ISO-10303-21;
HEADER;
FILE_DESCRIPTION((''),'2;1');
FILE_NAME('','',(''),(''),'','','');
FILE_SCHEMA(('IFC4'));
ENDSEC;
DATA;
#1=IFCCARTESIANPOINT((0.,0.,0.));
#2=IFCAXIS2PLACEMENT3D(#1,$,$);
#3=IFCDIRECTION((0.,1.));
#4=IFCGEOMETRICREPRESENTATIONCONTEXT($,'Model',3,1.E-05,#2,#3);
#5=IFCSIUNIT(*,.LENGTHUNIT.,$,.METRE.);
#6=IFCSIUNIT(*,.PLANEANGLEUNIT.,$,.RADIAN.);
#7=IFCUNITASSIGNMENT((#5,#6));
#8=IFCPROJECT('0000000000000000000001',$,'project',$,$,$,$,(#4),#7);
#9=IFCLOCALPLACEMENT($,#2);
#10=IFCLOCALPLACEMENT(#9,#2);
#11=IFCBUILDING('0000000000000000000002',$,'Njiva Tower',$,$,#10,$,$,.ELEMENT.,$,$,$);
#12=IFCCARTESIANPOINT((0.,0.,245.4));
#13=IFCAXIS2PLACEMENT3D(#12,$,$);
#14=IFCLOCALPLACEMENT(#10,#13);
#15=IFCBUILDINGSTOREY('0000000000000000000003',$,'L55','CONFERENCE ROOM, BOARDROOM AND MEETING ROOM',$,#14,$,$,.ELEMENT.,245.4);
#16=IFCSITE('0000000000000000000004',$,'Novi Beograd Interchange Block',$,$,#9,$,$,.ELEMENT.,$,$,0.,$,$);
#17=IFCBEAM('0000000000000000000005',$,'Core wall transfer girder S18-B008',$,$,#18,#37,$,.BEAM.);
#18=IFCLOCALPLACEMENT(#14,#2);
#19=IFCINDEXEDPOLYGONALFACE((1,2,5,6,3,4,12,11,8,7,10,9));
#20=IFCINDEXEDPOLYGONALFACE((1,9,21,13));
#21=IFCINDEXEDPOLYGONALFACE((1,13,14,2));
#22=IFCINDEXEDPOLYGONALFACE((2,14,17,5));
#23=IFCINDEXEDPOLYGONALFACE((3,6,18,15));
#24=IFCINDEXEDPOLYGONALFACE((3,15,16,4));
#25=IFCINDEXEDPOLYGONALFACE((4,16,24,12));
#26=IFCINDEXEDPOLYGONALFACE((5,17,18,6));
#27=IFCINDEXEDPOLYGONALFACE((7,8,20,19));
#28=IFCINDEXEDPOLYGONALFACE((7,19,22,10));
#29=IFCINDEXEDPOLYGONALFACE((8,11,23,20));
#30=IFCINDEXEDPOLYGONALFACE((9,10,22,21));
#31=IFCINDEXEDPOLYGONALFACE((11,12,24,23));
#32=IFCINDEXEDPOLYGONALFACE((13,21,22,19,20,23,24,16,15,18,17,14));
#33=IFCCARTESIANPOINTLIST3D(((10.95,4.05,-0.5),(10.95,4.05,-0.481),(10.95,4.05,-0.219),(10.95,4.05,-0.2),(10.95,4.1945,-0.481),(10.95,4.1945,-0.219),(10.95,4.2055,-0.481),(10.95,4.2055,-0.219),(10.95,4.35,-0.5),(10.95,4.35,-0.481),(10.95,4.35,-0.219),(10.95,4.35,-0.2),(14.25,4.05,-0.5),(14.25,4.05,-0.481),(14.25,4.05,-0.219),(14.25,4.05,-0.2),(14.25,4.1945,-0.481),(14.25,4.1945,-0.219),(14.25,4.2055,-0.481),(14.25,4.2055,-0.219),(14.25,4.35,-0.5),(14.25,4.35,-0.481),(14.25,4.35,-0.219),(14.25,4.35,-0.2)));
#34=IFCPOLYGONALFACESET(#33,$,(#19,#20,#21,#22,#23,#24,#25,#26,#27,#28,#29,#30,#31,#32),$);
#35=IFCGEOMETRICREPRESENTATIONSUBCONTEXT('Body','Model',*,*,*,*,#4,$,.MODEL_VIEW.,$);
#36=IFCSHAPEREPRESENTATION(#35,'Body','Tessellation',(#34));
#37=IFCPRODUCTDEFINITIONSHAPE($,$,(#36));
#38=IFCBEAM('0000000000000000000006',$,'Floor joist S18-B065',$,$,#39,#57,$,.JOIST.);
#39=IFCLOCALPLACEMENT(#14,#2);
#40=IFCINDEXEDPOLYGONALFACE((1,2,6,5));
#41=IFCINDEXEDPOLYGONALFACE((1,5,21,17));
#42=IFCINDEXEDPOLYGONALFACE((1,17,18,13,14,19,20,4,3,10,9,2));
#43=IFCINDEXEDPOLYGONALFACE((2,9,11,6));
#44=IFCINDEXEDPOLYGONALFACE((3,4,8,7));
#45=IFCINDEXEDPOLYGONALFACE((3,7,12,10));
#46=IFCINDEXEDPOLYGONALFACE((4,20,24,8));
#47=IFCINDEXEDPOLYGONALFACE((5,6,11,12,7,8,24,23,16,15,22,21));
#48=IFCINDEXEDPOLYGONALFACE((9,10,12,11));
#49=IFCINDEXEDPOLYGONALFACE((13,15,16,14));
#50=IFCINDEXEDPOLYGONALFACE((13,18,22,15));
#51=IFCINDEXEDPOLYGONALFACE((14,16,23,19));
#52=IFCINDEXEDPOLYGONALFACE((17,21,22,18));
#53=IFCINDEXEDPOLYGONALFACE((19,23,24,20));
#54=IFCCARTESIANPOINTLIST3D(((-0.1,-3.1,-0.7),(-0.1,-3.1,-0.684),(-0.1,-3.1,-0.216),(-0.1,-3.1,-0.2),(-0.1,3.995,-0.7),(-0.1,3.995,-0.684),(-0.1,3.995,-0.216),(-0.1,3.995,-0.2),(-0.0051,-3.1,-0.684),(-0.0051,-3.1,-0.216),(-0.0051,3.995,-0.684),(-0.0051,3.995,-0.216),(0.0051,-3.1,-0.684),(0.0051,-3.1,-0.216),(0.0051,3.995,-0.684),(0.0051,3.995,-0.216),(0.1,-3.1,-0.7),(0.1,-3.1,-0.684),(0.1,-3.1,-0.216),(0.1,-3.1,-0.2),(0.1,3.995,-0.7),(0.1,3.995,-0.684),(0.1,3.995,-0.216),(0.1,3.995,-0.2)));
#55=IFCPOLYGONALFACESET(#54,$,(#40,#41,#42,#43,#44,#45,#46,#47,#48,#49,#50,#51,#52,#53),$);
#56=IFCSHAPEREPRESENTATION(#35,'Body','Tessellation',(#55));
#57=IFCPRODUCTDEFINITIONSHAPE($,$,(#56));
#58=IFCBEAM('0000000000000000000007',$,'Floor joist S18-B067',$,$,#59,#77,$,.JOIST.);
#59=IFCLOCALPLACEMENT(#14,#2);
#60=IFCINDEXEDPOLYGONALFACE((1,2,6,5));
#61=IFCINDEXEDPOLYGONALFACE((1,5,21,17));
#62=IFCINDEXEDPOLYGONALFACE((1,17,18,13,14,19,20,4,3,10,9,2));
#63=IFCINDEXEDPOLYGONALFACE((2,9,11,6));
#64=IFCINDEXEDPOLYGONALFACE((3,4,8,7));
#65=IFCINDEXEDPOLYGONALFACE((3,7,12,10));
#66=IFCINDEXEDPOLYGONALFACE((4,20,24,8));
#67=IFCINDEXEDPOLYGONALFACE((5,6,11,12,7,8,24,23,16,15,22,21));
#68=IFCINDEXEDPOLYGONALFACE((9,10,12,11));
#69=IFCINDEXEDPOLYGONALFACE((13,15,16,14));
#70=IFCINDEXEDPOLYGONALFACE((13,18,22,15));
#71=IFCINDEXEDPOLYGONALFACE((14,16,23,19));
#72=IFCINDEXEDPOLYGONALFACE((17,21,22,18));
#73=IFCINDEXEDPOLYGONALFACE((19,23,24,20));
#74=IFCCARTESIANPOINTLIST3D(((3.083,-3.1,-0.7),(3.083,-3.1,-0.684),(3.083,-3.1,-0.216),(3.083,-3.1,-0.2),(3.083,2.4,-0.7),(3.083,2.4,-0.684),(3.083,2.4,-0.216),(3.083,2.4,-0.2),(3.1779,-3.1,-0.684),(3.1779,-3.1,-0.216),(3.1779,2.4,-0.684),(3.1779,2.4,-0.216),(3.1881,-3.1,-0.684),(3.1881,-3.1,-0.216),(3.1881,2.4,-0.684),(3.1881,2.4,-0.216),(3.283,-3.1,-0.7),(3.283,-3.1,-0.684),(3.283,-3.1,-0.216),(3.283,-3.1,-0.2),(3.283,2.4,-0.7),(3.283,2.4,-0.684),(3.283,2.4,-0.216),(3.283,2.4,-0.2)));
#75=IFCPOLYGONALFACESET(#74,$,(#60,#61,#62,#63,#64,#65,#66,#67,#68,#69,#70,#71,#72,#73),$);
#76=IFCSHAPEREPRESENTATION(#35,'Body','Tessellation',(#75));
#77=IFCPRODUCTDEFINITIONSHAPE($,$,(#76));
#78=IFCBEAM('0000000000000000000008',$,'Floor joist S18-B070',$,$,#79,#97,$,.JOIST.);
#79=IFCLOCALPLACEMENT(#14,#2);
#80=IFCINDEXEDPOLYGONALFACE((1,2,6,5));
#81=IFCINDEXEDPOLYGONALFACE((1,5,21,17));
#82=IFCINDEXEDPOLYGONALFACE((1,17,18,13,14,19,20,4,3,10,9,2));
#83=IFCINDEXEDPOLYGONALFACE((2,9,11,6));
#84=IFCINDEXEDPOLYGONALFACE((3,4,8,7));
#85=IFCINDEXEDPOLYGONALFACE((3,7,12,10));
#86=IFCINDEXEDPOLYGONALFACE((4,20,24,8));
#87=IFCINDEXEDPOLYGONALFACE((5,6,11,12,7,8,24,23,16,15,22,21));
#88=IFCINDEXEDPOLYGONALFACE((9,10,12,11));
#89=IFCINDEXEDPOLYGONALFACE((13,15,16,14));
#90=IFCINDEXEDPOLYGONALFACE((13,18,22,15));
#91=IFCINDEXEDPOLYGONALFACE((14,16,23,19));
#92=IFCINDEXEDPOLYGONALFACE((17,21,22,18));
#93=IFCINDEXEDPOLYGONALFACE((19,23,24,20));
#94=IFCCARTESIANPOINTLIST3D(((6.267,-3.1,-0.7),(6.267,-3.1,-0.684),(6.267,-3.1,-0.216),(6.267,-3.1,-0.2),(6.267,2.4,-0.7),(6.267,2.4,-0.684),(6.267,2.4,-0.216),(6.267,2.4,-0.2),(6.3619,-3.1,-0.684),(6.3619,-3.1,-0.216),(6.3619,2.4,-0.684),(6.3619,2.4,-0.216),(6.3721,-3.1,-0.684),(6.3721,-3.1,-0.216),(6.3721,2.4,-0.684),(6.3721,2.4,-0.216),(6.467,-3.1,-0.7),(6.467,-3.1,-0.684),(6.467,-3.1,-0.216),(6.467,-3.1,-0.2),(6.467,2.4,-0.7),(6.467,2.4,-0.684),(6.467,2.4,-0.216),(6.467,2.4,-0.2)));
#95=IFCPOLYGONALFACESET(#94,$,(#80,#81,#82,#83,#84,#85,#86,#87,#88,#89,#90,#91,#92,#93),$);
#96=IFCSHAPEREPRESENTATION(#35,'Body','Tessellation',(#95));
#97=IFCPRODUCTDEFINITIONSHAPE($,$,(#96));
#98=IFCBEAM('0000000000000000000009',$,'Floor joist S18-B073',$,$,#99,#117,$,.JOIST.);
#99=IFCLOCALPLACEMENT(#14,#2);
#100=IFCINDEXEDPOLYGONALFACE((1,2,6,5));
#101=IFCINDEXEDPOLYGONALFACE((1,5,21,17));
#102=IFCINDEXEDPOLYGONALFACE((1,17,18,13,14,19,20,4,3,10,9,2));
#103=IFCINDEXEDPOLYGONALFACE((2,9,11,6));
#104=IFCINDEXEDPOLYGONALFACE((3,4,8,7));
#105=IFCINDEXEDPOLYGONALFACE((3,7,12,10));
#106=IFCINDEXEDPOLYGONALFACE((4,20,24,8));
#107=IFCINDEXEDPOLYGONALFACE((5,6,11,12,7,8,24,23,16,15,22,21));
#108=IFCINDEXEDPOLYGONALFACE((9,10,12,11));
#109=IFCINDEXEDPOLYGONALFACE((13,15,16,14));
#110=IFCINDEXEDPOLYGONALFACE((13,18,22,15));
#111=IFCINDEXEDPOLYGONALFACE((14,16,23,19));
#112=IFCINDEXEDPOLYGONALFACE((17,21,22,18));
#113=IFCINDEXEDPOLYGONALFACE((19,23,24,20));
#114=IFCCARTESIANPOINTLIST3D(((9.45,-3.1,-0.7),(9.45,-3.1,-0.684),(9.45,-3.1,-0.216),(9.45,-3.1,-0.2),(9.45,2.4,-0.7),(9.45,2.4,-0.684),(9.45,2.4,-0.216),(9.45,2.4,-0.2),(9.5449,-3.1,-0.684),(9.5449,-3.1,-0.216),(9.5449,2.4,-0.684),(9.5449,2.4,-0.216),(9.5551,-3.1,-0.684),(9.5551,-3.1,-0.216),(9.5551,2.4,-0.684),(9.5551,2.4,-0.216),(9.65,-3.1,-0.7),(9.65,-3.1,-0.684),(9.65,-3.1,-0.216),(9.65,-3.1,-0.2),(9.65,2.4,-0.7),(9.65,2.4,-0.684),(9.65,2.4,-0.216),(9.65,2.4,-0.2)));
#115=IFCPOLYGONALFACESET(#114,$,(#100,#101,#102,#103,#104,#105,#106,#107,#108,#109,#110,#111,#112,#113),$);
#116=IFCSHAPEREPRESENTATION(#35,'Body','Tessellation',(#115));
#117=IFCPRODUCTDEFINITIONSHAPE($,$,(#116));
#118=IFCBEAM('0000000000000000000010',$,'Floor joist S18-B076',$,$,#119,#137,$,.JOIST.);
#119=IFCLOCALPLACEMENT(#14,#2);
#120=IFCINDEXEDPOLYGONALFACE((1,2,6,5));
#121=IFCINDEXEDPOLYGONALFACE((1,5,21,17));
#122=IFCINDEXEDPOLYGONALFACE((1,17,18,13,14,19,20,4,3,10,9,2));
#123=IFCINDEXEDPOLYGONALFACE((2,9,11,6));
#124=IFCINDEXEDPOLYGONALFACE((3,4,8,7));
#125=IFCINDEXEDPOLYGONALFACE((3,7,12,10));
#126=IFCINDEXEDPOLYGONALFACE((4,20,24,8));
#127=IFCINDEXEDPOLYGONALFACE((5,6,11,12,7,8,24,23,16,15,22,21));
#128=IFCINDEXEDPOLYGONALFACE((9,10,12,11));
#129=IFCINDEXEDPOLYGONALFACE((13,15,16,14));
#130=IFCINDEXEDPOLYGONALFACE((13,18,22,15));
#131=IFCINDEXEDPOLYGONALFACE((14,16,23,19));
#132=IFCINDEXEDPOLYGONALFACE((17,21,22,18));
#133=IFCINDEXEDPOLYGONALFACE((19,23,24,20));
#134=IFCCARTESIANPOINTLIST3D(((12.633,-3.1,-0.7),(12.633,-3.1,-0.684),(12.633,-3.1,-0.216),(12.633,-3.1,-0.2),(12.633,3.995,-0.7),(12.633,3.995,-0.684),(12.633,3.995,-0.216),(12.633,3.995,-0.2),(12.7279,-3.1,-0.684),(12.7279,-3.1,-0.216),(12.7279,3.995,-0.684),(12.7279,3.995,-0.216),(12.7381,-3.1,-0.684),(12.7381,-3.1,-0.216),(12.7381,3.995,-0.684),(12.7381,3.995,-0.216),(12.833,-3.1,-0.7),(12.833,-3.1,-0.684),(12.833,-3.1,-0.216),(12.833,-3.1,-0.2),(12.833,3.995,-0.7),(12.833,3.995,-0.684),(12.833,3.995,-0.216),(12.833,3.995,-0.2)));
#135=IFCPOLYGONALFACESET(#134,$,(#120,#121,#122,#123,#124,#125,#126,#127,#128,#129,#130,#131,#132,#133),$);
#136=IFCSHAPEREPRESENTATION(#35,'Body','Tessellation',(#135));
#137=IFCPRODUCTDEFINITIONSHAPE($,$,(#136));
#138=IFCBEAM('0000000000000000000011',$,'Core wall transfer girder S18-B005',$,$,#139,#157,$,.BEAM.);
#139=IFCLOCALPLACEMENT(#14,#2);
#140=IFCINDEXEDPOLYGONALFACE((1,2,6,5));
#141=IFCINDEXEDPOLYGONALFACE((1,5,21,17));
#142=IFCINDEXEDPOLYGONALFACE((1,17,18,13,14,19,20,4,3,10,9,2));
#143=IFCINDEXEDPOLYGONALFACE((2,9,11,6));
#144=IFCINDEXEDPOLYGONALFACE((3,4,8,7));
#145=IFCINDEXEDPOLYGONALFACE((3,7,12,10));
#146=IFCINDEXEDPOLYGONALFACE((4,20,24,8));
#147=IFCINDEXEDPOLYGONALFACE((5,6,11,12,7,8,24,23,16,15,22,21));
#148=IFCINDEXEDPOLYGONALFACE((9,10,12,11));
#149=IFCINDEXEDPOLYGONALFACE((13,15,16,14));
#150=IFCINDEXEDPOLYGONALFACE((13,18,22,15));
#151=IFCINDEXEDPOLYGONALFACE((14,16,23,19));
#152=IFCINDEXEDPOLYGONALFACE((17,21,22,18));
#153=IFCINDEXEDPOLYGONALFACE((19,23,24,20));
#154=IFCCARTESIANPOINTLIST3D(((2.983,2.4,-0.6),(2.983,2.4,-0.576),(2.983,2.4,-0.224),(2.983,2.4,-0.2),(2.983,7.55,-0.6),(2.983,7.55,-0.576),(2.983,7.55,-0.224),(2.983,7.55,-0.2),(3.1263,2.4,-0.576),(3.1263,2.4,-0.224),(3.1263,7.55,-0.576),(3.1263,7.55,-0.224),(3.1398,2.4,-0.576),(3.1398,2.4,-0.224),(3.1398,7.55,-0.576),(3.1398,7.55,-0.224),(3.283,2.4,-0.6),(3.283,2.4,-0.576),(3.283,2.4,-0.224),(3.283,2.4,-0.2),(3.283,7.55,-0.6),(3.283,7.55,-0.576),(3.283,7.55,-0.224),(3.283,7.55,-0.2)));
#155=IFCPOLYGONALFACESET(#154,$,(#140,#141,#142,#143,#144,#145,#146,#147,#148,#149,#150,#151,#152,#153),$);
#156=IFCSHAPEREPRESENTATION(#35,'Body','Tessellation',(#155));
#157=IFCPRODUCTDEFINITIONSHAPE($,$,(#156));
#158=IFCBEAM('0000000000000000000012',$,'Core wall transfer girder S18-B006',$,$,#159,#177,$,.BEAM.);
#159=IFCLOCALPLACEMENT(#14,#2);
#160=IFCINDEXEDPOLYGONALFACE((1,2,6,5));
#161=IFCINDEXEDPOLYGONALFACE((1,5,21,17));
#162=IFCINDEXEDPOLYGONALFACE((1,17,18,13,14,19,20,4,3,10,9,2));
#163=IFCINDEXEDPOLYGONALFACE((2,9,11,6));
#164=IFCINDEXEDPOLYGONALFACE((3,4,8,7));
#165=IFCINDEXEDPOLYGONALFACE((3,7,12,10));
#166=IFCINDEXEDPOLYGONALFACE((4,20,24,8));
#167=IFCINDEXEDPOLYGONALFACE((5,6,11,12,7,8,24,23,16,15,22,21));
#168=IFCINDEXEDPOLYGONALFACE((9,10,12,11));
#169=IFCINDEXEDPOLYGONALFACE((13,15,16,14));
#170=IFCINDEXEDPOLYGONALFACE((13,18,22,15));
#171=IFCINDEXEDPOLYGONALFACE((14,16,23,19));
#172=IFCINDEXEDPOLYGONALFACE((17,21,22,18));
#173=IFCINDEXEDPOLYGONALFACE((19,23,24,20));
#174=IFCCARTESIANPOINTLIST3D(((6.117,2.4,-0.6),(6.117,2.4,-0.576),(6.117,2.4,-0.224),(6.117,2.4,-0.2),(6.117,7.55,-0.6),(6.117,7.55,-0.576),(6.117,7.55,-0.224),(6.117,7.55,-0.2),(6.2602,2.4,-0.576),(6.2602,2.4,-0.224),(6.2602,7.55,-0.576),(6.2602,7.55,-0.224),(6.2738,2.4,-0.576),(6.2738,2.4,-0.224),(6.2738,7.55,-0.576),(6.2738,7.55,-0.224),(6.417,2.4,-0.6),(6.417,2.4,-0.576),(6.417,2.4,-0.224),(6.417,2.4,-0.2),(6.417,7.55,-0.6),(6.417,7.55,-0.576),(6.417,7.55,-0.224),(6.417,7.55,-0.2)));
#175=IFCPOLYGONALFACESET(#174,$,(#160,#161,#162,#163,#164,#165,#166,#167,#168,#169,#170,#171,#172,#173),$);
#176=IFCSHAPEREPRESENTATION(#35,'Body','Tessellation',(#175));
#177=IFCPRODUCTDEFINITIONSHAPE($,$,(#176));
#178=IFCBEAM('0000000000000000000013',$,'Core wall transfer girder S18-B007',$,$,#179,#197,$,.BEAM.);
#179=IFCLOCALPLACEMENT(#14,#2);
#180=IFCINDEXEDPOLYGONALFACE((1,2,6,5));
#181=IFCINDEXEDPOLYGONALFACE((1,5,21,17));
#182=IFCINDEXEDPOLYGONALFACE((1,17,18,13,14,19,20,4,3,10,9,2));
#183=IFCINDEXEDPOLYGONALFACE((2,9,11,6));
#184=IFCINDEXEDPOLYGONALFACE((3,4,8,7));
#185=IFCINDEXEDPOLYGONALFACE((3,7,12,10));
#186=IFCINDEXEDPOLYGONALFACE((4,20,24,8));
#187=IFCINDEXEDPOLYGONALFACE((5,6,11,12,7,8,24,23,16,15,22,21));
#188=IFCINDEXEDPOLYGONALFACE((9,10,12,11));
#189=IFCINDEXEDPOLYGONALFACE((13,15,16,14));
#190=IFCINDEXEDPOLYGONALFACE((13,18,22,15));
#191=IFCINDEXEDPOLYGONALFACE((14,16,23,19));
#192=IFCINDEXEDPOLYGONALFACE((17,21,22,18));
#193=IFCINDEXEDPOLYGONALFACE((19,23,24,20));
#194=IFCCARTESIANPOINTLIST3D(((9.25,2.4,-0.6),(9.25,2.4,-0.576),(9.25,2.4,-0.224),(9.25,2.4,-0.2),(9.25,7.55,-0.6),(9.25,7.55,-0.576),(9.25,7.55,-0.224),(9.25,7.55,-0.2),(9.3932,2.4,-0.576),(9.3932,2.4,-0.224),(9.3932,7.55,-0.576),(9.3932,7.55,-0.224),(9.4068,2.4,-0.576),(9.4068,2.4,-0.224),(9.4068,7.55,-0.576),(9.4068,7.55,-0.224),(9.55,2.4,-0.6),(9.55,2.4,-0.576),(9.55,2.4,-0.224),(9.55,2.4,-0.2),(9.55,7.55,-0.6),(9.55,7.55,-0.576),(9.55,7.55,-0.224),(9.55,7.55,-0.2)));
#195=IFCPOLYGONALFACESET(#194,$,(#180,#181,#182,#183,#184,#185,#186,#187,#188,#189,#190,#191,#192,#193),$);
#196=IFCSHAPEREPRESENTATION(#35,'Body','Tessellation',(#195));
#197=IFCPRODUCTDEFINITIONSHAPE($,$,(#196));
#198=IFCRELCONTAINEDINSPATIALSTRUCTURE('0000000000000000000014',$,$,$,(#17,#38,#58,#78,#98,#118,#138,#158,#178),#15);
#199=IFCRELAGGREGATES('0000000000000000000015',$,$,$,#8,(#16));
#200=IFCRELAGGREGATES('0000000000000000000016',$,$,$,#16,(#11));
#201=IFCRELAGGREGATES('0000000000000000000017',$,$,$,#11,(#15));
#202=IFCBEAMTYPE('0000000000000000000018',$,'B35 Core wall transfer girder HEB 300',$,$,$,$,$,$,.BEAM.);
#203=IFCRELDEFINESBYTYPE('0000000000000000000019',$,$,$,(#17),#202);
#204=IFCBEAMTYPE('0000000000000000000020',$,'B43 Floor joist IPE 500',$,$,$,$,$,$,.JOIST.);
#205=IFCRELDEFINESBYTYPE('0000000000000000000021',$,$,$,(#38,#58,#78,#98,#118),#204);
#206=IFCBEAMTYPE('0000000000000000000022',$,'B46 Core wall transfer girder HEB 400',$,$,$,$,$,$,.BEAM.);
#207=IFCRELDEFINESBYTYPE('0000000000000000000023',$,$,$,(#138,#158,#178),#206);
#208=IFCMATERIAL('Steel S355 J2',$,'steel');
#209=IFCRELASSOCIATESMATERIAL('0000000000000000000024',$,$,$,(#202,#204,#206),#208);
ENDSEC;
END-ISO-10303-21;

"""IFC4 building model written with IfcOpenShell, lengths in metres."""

from ifc_helpers import new_model, si_unit, direction, frame, origin, origin_2d, place, context, subcontext, project, spatial, i_section, extrude, material, material_profile, profile_set, type_object, element, save


model = new_model("IFC4")

# Units and contexts
model_context = context("Model", 3, precision=1e-05, world=origin(), true_north=direction((0.0, 1.0)))
body_context = subcontext(model_context, "Body", "Model", "MODEL_VIEW")
ifc_project = project(units=[si_unit("LENGTHUNIT", "METRE"), si_unit("PLANEANGLEUNIT", "RADIAN")], contexts=[model_context])

# Site, building, storey
site_placement = place(None, origin())
site = spatial("IfcSite", under=ifc_project, at=site_placement, Name="Novi Beograd Interchange Block", CompositionType="ELEMENT", RefElevation=0.0)
building_placement = place(site_placement, origin())
building = spatial("IfcBuilding", under=site, at=building_placement, Name="Njiva Tower", CompositionType="ELEMENT")
storey_placement = place(building_placement, frame((0.0, 0.0, 245.4)))
storey = spatial("IfcBuildingStorey", under=building, at=storey_placement, Name="L55", Description="CONFERENCE ROOM, BOARDROOM AND MEETING ROOM", CompositionType="ELEMENT", Elevation=245.4)

# Beams
ifc_material_1 = material(Name="Steel S355 J2", Category="steel")
ifc_material_profile_1 = material_profile(ifc_material_1, i_section(OverallWidth=0.3, OverallDepth=0.3, WebThickness=0.011, FlangeThickness=0.019, at=origin_2d()), Name="HEB 300")
ifc_profile_set_1 = profile_set([ifc_material_profile_1], Name="Steel S355 J2")
beam_type_1 = type_object("IfcBeamType", Name="B35 Core wall transfer girder HEB 300", PredefinedType="BEAM", material=ifc_profile_set_1)
beam_1_placement = place(storey_placement, frame((10.95, 4.2, -0.35), z_axis=(1.0, 0.0, 0.0), x_axis=(0.0, 1.0, 0.0)))
element("IfcBeam", 1, at=beam_1_placement, inside=storey, type_object=beam_type_1, Name="Core wall transfer girder S18-B008", PredefinedType="BEAM", context=body_context, shape_type="SweptSolid", body=[
    extrude(i_section(OverallWidth=0.3, OverallDepth=0.3, WebThickness=0.011, FlangeThickness=0.019, at=origin_2d()), origin(), (0.0, 0.0, 1.0), 3.3),
])
ifc_material_profile_2 = material_profile(ifc_material_1, i_section(OverallWidth=0.2, OverallDepth=0.5, WebThickness=0.0102, FlangeThickness=0.016, at=origin_2d()), Name="IPE 500")
ifc_profile_set_2 = profile_set([ifc_material_profile_2], Name="Steel S355 J2")
beam_type_2 = type_object("IfcBeamType", Name="B43 Floor joist IPE 500", PredefinedType="JOIST", material=ifc_profile_set_2)
beam_2_placement = place(storey_placement, frame((0.0, 3.995, -0.45), z_axis=(0.0, -1.0, 0.0), x_axis=(1.0, 0.0, 0.0)))
element("IfcBeam", 2, at=beam_2_placement, inside=storey, type_object=beam_type_2, Name="Floor joist S18-B065", PredefinedType="JOIST", context=body_context, shape_type="SweptSolid", body=[
    extrude(i_section(OverallWidth=0.2, OverallDepth=0.5, WebThickness=0.0102, FlangeThickness=0.016, at=origin_2d()), origin(), (0.0, 0.0, 1.0), 7.095),
])
for number, where, z_axis, x_axis, name in (
    (3, (3.183, 2.4, -0.45), (0.0, -1.0, 0.0), (1.0, 0.0, 0.0), "Floor joist S18-B067"),
    (4, (6.367, 2.4, -0.45), (0.0, -1.0, 0.0), (1.0, 0.0, 0.0), "Floor joist S18-B070"),
    (5, (9.55, 2.4, -0.45), (0.0, -1.0, 0.0), (1.0, 0.0, 0.0), "Floor joist S18-B073"),
):
    element("IfcBeam", number, at=place(storey_placement, frame(where, z_axis=z_axis, x_axis=x_axis)), inside=storey, type_object=beam_type_2, Name=name, PredefinedType="JOIST", context=body_context, shape_type="SweptSolid", body=[
        extrude(i_section(OverallWidth=0.2, OverallDepth=0.5, WebThickness=0.0102, FlangeThickness=0.016, at=origin_2d()), origin(), (0.0, 0.0, 1.0), 5.5),
    ])
beam_3_placement = place(storey_placement, frame((12.733, 3.995, -0.45), z_axis=(0.0, -1.0, 0.0), x_axis=(1.0, 0.0, 0.0)))
element("IfcBeam", 6, at=beam_3_placement, inside=storey, type_object=beam_type_2, Name="Floor joist S18-B076", PredefinedType="JOIST", context=body_context, shape_type="SweptSolid", body=[
    extrude(i_section(OverallWidth=0.2, OverallDepth=0.5, WebThickness=0.0102, FlangeThickness=0.016, at=origin_2d()), origin(), (0.0, 0.0, 1.0), 7.095),
])
ifc_material_profile_3 = material_profile(ifc_material_1, i_section(OverallWidth=0.3, OverallDepth=0.4, WebThickness=0.0135, FlangeThickness=0.024, at=origin_2d()), Name="HEB 400")
ifc_profile_set_3 = profile_set([ifc_material_profile_3], Name="Steel S355 J2")
beam_type_3 = type_object("IfcBeamType", Name="B46 Core wall transfer girder HEB 400", PredefinedType="BEAM", material=ifc_profile_set_3)
for number, where, z_axis, x_axis, name in (
    (7, (3.133, 2.4, -0.4), (0.0, 1.0, 0.0), (-1.0, 0.0, 0.0), "Core wall transfer girder S18-B005"),
    (8, (6.267, 2.4, -0.4), (0.0, 1.0, 0.0), (-1.0, 0.0, 0.0), "Core wall transfer girder S18-B006"),
    (9, (9.4, 2.4, -0.4), (0.0, 1.0, 0.0), (-1.0, 0.0, 0.0), "Core wall transfer girder S18-B007"),
):
    element("IfcBeam", number, at=place(storey_placement, frame(where, z_axis=z_axis, x_axis=x_axis)), inside=storey, type_object=beam_type_3, Name=name, PredefinedType="BEAM", context=body_context, shape_type="SweptSolid", body=[
        extrude(i_section(OverallWidth=0.3, OverallDepth=0.4, WebThickness=0.0135, FlangeThickness=0.024, at=origin_2d()), origin(), (0.0, 0.0, 1.0), 5.15),
    ])

save(model, "model.ifc")
